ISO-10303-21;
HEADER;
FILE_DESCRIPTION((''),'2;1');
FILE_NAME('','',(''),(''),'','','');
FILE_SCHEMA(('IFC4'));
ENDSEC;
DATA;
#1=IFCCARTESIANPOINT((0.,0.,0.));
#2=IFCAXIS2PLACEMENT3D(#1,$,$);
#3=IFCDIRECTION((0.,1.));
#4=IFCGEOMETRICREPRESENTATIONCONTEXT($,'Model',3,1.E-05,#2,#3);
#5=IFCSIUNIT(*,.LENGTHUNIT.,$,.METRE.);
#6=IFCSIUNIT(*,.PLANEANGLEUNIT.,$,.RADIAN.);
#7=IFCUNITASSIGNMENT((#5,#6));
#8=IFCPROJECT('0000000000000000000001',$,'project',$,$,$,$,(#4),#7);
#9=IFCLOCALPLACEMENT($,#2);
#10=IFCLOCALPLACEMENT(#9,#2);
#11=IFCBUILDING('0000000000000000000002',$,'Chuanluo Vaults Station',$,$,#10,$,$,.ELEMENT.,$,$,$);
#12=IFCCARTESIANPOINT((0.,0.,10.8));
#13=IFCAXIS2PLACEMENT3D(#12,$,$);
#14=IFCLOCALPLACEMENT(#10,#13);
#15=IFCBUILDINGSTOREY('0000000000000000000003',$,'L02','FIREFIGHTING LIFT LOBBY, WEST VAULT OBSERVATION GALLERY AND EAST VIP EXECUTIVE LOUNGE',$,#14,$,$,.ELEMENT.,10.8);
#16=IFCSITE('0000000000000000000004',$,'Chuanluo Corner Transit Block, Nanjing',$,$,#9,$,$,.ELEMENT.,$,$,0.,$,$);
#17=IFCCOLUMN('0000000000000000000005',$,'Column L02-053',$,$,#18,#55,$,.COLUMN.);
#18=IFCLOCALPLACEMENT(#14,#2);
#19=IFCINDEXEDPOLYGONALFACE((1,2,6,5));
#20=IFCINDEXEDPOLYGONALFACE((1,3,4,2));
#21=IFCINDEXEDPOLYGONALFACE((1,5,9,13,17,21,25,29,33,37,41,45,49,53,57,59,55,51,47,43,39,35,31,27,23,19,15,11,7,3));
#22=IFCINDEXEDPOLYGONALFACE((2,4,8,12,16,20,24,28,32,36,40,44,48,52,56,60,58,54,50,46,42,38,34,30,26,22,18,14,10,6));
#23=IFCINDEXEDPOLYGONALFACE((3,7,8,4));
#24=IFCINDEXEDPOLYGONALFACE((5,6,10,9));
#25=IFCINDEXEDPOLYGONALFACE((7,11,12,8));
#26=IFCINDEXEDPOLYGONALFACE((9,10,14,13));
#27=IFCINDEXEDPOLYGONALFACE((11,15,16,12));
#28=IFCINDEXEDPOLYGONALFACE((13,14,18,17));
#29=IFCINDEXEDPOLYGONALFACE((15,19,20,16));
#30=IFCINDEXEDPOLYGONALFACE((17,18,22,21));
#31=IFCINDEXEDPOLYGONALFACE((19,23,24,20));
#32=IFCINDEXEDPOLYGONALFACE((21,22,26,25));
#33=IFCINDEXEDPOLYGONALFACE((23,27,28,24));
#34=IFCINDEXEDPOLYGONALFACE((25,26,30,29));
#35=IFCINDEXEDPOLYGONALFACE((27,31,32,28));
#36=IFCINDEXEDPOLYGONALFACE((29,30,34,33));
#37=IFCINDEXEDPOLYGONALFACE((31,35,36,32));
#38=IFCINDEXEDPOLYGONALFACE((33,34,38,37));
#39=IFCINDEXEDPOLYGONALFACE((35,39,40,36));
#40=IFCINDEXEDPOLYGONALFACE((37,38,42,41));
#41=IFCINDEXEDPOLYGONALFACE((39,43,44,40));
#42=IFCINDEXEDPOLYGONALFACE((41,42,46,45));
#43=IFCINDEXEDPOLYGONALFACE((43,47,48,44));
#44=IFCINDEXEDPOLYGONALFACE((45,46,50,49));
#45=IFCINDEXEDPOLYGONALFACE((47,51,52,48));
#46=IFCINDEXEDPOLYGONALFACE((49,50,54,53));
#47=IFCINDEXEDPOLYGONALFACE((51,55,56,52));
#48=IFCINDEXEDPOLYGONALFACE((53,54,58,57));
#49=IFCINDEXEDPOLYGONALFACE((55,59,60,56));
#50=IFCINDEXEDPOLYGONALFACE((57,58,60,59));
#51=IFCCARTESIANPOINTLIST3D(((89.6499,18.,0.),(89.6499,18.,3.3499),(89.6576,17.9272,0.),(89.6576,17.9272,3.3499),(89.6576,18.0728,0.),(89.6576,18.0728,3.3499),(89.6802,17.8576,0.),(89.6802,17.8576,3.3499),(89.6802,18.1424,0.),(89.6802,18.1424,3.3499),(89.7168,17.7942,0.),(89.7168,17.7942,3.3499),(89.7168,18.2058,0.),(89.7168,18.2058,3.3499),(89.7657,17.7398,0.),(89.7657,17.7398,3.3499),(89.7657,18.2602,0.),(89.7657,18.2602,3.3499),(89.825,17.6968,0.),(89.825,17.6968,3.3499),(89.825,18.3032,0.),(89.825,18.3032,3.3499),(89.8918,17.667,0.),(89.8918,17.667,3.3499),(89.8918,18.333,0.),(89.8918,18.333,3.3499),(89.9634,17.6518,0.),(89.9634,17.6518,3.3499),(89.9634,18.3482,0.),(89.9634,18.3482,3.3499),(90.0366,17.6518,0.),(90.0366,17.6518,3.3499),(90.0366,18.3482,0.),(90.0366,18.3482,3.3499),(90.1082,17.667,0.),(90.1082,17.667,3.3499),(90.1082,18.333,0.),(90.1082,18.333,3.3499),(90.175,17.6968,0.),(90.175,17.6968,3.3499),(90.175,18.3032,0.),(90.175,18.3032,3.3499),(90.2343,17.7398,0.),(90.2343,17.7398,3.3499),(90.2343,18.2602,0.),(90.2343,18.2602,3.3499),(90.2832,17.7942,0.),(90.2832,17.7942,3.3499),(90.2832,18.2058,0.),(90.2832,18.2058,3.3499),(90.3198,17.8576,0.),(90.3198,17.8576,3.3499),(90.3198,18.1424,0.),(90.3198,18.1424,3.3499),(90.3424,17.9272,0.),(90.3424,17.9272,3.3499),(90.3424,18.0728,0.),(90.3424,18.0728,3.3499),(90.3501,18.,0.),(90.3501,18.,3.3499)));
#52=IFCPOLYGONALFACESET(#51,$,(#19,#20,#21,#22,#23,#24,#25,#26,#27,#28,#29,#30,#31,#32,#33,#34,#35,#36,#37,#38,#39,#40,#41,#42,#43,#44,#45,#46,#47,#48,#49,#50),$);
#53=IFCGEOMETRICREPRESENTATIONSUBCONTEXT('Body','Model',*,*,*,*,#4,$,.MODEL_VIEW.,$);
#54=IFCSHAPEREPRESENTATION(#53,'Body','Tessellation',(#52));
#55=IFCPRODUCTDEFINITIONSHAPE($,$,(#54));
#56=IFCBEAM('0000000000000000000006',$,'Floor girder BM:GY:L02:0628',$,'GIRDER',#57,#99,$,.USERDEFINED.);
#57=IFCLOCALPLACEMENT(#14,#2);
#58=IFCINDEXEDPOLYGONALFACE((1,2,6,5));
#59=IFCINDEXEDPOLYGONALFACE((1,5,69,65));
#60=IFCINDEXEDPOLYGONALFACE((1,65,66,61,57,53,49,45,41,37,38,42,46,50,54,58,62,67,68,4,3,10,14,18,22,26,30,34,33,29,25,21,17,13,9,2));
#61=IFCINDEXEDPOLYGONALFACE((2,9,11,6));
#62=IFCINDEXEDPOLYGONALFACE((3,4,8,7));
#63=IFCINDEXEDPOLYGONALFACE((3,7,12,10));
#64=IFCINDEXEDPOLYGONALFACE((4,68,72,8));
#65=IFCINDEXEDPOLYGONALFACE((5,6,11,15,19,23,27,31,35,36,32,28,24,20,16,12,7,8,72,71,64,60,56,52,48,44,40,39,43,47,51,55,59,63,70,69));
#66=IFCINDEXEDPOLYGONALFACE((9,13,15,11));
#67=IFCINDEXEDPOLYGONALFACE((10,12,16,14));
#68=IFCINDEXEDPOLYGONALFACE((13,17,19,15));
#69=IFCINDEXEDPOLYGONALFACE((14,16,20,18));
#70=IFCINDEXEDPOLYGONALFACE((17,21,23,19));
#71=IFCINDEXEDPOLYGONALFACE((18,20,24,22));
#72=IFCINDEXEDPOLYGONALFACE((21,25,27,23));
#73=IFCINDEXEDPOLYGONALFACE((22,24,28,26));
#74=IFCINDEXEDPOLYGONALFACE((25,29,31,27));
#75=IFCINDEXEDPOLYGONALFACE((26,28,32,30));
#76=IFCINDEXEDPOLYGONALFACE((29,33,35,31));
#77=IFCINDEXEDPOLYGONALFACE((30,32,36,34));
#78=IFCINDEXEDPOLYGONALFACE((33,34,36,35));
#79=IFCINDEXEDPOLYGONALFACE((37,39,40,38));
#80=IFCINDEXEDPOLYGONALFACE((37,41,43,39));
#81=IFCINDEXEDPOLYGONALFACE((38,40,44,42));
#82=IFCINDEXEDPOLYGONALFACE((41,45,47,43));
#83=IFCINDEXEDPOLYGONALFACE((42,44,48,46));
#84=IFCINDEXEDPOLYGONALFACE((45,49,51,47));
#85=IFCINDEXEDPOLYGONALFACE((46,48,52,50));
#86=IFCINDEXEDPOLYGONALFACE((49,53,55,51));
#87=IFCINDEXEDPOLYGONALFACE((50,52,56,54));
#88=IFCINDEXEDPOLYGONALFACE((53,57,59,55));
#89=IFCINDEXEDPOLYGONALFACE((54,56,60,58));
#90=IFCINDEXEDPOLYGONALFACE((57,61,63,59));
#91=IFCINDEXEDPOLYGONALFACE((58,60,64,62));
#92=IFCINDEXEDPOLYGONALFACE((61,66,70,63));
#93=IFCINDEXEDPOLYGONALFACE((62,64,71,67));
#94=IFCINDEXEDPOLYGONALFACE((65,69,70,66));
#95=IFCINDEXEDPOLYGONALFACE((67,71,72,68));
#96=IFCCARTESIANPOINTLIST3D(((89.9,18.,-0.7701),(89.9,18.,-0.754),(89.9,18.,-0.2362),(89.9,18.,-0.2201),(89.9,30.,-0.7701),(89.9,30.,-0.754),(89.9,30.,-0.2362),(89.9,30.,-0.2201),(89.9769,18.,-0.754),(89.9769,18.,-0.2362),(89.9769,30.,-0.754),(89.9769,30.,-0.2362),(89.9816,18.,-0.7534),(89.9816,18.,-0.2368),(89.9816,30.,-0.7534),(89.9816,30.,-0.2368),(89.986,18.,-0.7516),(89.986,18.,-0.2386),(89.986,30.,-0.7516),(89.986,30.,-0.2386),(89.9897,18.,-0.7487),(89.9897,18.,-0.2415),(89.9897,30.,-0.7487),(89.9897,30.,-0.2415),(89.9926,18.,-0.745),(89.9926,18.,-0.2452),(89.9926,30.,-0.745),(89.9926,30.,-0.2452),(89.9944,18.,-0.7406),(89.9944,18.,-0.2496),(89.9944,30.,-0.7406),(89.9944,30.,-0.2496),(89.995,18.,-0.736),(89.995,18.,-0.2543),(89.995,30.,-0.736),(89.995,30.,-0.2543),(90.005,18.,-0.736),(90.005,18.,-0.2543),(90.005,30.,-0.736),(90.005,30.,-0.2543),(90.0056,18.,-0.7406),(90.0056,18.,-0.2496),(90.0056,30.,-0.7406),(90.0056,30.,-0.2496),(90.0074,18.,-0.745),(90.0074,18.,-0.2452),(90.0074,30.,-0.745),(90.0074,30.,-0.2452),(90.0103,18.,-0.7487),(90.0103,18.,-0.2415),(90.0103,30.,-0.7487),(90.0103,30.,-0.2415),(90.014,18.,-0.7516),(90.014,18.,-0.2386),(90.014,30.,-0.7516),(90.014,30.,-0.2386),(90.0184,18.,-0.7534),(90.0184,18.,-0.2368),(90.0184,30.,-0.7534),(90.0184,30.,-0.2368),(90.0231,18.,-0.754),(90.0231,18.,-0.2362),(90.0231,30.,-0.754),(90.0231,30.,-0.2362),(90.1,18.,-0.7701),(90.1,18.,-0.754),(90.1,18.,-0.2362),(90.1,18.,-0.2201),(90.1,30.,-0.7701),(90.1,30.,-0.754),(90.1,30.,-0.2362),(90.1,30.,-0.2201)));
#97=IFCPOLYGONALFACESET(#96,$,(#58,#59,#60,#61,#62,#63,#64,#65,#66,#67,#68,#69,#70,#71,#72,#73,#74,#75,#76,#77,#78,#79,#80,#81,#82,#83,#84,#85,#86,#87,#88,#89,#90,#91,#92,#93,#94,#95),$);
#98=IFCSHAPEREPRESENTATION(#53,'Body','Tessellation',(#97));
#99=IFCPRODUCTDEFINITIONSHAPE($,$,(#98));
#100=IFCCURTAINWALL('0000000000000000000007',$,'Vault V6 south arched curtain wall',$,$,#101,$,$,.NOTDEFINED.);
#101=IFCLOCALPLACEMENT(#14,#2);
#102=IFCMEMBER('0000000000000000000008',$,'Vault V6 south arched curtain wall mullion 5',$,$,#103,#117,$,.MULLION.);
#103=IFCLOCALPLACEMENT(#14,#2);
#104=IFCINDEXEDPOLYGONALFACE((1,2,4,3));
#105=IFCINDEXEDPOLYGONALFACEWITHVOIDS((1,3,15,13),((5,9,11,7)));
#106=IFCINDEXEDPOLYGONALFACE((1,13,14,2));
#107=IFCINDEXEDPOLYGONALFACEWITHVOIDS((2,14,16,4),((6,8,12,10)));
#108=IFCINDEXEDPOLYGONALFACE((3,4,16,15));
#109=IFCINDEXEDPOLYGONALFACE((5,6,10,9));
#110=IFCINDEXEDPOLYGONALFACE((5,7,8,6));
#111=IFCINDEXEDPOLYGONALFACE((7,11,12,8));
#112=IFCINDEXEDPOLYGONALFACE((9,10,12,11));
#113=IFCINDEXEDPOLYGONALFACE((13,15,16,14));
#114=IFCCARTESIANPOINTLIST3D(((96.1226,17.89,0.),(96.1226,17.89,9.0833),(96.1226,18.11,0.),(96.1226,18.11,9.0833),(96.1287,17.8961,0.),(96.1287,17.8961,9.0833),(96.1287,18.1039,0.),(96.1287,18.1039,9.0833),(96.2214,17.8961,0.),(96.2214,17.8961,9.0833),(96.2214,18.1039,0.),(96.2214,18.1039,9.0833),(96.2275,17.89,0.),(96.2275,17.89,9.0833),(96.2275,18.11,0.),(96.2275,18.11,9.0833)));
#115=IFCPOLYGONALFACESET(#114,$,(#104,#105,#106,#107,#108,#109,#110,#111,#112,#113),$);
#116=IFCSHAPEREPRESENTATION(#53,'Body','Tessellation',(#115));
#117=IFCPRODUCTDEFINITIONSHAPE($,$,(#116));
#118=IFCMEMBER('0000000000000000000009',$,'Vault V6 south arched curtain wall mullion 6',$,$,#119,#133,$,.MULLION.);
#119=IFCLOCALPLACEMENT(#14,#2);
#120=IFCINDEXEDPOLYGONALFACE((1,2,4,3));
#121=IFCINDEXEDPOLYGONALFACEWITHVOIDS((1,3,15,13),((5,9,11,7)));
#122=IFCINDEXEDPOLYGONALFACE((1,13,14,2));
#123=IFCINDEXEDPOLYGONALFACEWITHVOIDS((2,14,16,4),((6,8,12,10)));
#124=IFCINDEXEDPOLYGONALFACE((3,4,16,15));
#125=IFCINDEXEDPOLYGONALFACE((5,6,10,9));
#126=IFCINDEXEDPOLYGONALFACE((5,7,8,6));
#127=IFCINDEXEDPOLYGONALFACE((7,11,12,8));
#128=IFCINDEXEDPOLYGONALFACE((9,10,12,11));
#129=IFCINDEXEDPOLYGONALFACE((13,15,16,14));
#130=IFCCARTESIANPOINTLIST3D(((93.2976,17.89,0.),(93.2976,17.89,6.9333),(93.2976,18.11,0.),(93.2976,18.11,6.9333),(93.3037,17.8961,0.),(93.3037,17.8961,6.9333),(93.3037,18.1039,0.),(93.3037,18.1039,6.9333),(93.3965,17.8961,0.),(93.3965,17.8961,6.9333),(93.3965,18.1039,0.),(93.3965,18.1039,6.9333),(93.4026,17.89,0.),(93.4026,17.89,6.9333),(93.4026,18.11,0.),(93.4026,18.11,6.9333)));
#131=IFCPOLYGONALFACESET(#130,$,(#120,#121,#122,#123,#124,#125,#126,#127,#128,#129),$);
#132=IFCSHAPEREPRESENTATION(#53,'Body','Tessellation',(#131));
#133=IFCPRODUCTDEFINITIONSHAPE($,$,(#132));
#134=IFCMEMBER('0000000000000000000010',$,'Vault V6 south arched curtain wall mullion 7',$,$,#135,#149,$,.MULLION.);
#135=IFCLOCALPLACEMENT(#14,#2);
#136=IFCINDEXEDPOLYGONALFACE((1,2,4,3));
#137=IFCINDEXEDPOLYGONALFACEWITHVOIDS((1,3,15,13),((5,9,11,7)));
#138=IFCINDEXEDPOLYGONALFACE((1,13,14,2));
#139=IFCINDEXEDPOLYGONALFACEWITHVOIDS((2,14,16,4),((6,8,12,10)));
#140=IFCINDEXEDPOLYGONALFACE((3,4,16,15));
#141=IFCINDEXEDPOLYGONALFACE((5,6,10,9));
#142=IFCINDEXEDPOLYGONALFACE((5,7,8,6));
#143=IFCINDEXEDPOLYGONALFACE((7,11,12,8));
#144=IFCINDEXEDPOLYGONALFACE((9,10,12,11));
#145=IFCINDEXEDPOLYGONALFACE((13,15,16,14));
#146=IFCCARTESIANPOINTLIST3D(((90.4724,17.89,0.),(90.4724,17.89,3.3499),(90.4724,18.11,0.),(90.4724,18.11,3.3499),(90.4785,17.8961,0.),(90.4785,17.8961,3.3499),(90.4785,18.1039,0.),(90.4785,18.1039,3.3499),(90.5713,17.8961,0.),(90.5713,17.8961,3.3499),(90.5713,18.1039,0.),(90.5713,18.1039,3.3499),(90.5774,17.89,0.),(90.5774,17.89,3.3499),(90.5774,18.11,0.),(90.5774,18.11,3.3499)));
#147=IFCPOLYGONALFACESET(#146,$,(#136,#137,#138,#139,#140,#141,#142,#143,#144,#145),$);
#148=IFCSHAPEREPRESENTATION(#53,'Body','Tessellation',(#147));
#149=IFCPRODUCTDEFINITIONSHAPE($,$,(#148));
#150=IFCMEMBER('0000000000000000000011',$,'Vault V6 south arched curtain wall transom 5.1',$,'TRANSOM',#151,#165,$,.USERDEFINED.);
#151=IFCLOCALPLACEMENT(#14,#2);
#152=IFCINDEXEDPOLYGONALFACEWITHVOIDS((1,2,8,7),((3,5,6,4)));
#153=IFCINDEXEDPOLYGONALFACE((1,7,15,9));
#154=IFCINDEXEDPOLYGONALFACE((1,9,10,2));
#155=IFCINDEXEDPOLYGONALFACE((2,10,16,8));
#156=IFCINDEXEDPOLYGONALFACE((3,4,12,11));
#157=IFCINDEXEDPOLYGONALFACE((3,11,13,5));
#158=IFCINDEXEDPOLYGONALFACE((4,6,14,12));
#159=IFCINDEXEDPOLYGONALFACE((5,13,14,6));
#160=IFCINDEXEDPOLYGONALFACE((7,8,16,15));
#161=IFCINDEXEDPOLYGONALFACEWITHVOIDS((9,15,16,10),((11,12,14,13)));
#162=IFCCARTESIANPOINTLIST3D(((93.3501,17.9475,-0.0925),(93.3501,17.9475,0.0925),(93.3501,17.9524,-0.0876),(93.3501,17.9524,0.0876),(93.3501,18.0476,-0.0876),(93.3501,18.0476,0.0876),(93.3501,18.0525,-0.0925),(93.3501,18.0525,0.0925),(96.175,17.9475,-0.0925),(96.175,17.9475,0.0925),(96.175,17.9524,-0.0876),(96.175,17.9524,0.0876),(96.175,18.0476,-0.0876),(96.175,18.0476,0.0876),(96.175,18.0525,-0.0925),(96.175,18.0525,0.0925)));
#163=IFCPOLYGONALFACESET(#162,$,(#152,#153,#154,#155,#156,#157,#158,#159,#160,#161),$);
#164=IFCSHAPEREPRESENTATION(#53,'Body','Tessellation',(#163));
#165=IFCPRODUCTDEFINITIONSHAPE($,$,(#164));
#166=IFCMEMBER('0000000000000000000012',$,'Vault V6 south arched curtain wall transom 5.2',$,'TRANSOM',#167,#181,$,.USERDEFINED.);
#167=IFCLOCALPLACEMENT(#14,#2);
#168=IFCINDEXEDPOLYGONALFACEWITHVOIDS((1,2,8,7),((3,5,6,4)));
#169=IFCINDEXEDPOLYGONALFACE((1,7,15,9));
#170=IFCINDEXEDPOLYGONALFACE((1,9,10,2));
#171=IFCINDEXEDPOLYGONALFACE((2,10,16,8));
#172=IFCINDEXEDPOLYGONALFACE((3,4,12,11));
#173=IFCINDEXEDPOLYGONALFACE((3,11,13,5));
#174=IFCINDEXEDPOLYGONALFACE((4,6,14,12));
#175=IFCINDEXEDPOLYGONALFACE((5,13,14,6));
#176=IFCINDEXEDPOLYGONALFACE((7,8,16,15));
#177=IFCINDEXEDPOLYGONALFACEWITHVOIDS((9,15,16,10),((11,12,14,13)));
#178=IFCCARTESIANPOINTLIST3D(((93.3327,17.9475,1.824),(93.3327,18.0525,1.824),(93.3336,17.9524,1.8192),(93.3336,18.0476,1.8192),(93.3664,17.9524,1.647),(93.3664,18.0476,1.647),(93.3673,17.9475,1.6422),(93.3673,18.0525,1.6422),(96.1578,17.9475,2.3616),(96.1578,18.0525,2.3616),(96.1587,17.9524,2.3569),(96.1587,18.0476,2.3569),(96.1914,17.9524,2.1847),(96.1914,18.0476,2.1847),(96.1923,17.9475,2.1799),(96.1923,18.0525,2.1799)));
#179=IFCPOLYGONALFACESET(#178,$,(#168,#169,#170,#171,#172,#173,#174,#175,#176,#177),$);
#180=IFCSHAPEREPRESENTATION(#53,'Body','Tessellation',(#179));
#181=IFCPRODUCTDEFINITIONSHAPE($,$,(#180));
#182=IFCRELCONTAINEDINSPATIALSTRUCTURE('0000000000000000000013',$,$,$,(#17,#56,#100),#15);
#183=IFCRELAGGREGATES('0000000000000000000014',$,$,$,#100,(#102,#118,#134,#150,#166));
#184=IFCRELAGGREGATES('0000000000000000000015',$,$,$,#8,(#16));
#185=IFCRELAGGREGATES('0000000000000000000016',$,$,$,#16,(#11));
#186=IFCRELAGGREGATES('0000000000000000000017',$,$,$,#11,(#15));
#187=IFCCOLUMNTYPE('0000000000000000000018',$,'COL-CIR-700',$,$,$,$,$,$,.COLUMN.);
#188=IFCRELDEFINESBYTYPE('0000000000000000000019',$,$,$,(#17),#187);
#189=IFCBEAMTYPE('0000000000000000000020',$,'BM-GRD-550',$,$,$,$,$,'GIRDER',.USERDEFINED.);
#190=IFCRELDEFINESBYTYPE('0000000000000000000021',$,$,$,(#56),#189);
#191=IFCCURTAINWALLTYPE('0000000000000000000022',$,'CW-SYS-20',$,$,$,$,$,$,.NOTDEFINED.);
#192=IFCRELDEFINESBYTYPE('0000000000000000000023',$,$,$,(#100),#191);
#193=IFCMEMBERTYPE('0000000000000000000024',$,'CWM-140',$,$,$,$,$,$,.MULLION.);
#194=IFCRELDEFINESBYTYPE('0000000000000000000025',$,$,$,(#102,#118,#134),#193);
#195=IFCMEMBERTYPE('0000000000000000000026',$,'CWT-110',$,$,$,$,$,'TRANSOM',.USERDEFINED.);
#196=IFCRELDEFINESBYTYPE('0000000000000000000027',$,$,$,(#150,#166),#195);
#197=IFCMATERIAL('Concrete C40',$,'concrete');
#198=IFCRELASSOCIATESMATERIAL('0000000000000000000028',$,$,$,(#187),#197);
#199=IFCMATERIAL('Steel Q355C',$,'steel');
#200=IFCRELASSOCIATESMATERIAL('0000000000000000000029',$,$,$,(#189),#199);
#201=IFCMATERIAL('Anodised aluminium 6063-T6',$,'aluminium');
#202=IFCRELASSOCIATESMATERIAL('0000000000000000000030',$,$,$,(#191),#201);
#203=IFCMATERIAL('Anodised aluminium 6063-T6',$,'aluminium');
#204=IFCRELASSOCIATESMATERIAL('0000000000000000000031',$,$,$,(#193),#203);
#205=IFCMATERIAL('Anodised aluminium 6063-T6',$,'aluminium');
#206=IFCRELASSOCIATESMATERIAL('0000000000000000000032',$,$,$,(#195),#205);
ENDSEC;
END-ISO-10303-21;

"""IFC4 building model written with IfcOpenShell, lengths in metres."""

from ifc_helpers import new_model, si_unit, direction, frame, origin, origin_2d, place, context, subcontext, project, spatial, hollow_rectangle, circle, i_section, extrude, material, material_profile, profile_set, type_object, element, aggregate, save


model = new_model("IFC4")

# Units and contexts
model_context = context("Model", 3, precision=1e-05, world=origin(), true_north=direction((0.0, 1.0)))
body_context = subcontext(model_context, "Body", "Model", "MODEL_VIEW")
ifc_project = project(units=[si_unit("LENGTHUNIT", "METRE"), si_unit("PLANEANGLEUNIT", "RADIAN")], contexts=[model_context])

# Site, building, storey
site_placement = place(None, origin())
site = spatial("IfcSite", under=ifc_project, at=site_placement, Name="Chuanluo Corner Transit Block, Nanjing", CompositionType="ELEMENT", RefElevation=0.0)
building_placement = place(site_placement, origin())
building = spatial("IfcBuilding", under=site, at=building_placement, Name="Chuanluo Vaults Station", CompositionType="ELEMENT")
storey_placement = place(building_placement, frame((0.0, 0.0, 10.8)))
storey = spatial("IfcBuildingStorey", under=building, at=storey_placement, Name="L02", Description="FIREFIGHTING LIFT LOBBY, WEST VAULT OBSERVATION GALLERY AND EAST VIP EXECUTIVE LOUNGE", CompositionType="ELEMENT", Elevation=10.8)

# Column
ifc_material_1 = material(Name="Concrete C40", Category="concrete")
ifc_material_profile_1 = material_profile(ifc_material_1, circle(Radius=0.3501, at=origin_2d()))
ifc_profile_set_1 = profile_set([ifc_material_profile_1], Name="Concrete C40")
column_type = type_object("IfcColumnType", Name="COL-CIR-700", PredefinedType="COLUMN", material=ifc_profile_set_1)
column_placement = place(storey_placement, frame((90.0, 18.0, 0.0), z_axis=(0.0, 0.0, 1.0), x_axis=(1.0, 0.0, 0.0)))
element("IfcColumn", 1, at=column_placement, inside=storey, type_object=column_type, Name="Column L02-053", PredefinedType="COLUMN", context=body_context, shape_type="SweptSolid", body=[
    extrude(circle(Radius=0.3501, at=origin_2d()), origin(), (0.0, 0.0, 1.0), 3.3499),
])

# Beam
ifc_material_2 = material(Name="Steel Q355C", Category="steel")
ifc_material_profile_2 = material_profile(ifc_material_2, i_section(OverallWidth=0.2, OverallDepth=0.55, WebThickness=0.01, FlangeThickness=0.0161, FilletRadius=0.0181, at=origin_2d()))
ifc_profile_set_2 = profile_set([ifc_material_profile_2], Name="Steel Q355C")
beam_type = type_object("IfcBeamType", Name="BM-GRD-550", ElementType="GIRDER", PredefinedType="USERDEFINED", material=ifc_profile_set_2)
beam_placement = place(storey_placement, frame((90.0, 18.0, -0.4951), z_axis=(0.0, 1.0, 0.0), x_axis=(-1.0, 0.0, 0.0)))
element("IfcBeam", 2, at=beam_placement, inside=storey, type_object=beam_type, Name="Floor girder BM:GY:L02:0628", ObjectType="GIRDER", PredefinedType="USERDEFINED", context=body_context, shape_type="SweptSolid", body=[
    extrude(i_section(OverallWidth=0.2, OverallDepth=0.55, WebThickness=0.01, FlangeThickness=0.0161, FilletRadius=0.0181, at=origin_2d()), origin(), (0.0, 0.0, 1.0), 12.0),
])

# Curtain wall, members
ifc_material_3 = material(Name="Anodised aluminium 6063-T6", Category="aluminium")
curtain_wall_type = type_object("IfcCurtainWallType", Name="CW-SYS-20", PredefinedType="NOTDEFINED", material=ifc_material_3)
curtain_wall_placement = place(storey_placement, origin())
curtain_wall = element("IfcCurtainWall", 3, at=curtain_wall_placement, inside=storey, type_object=curtain_wall_type, Name="Vault V6 south arched curtain wall", PredefinedType="NOTDEFINED")
ifc_material_4 = material(Name="Anodised aluminium 6063-T6", Category="aluminium")
ifc_material_profile_3 = material_profile(ifc_material_4, hollow_rectangle(XDim=0.105, YDim=0.22, WallThickness=0.0061, at=origin_2d()))
ifc_profile_set_3 = profile_set([ifc_material_profile_3], Name="Anodised aluminium 6063-T6")
member_type_1 = type_object("IfcMemberType", Name="CWM-140", PredefinedType="MULLION", material=ifc_profile_set_3)
member_1_placement = place(storey_placement, frame((96.175, 18.0, 0.0), z_axis=(0.0, 0.0, 1.0), x_axis=(-1.0, 0.0, 0.0)))
member_1 = element("IfcMember", 4, at=member_1_placement, type_object=member_type_1, Name="Vault V6 south arched curtain wall mullion 5", PredefinedType="MULLION", context=body_context, shape_type="SweptSolid", body=[
    extrude(hollow_rectangle(XDim=0.105, YDim=0.22, WallThickness=0.0061, at=origin_2d()), origin(), (0.0, 0.0, 1.0), 9.0833),
])
member_2_placement = place(storey_placement, frame((93.3501, 18.0, 0.0), z_axis=(0.0, 0.0, 1.0), x_axis=(-1.0, 0.0, 0.0)))
member_2 = element("IfcMember", 5, at=member_2_placement, type_object=member_type_1, Name="Vault V6 south arched curtain wall mullion 6", PredefinedType="MULLION", context=body_context, shape_type="SweptSolid", body=[
    extrude(hollow_rectangle(XDim=0.105, YDim=0.22, WallThickness=0.0061, at=origin_2d()), origin(), (0.0, 0.0, 1.0), 6.9333),
])
member_3_placement = place(storey_placement, frame((90.5249, 18.0, 0.0), z_axis=(0.0, 0.0, 1.0), x_axis=(-1.0, 0.0, 0.0)))
member_3 = element("IfcMember", 6, at=member_3_placement, type_object=member_type_1, Name="Vault V6 south arched curtain wall mullion 7", PredefinedType="MULLION", context=body_context, shape_type="SweptSolid", body=[
    extrude(hollow_rectangle(XDim=0.105, YDim=0.22, WallThickness=0.0061, at=origin_2d()), origin(), (0.0, 0.0, 1.0), 3.3499),
])
ifc_material_5 = material(Name="Anodised aluminium 6063-T6", Category="aluminium")
ifc_material_profile_4 = material_profile(ifc_material_5, hollow_rectangle(XDim=0.105, YDim=0.1851, WallThickness=0.0049, at=origin_2d()))
ifc_profile_set_4 = profile_set([ifc_material_profile_4], Name="Anodised aluminium 6063-T6")
member_type_2 = type_object("IfcMemberType", Name="CWT-110", ElementType="TRANSOM", PredefinedType="USERDEFINED", material=ifc_profile_set_4)
member_4_placement = place(storey_placement, frame((96.175, 18.0, 0.0), z_axis=(-1.0, 0.0, 0.0), x_axis=(0.0, -1.0, 0.0)))
member_4 = element("IfcMember", 7, at=member_4_placement, type_object=member_type_2, Name="Vault V6 south arched curtain wall transom 5.1", ObjectType="TRANSOM", PredefinedType="USERDEFINED", context=body_context, shape_type="SweptSolid", body=[
    extrude(hollow_rectangle(XDim=0.105, YDim=0.1851, WallThickness=0.0049, at=origin_2d()), origin(), (0.0, 0.0, 1.0), 2.825),
])
member_5_placement = place(storey_placement, frame((96.175, 18.0, 2.2708), z_axis=(-0.98237, 0.0, -0.186948), x_axis=(0.0, -1.0, 0.0)))
member_5 = element("IfcMember", 8, at=member_5_placement, type_object=member_type_2, Name="Vault V6 south arched curtain wall transom 5.2", ObjectType="TRANSOM", PredefinedType="USERDEFINED", context=body_context, shape_type="SweptSolid", body=[
    extrude(hollow_rectangle(XDim=0.105, YDim=0.1851, WallThickness=0.0049, at=origin_2d()), origin(), (0.0, 0.0, 1.0), 2.8757),
])
aggregate(curtain_wall, [member_1, member_2, member_3, member_4, member_5])

save(model, "model.ifc")
